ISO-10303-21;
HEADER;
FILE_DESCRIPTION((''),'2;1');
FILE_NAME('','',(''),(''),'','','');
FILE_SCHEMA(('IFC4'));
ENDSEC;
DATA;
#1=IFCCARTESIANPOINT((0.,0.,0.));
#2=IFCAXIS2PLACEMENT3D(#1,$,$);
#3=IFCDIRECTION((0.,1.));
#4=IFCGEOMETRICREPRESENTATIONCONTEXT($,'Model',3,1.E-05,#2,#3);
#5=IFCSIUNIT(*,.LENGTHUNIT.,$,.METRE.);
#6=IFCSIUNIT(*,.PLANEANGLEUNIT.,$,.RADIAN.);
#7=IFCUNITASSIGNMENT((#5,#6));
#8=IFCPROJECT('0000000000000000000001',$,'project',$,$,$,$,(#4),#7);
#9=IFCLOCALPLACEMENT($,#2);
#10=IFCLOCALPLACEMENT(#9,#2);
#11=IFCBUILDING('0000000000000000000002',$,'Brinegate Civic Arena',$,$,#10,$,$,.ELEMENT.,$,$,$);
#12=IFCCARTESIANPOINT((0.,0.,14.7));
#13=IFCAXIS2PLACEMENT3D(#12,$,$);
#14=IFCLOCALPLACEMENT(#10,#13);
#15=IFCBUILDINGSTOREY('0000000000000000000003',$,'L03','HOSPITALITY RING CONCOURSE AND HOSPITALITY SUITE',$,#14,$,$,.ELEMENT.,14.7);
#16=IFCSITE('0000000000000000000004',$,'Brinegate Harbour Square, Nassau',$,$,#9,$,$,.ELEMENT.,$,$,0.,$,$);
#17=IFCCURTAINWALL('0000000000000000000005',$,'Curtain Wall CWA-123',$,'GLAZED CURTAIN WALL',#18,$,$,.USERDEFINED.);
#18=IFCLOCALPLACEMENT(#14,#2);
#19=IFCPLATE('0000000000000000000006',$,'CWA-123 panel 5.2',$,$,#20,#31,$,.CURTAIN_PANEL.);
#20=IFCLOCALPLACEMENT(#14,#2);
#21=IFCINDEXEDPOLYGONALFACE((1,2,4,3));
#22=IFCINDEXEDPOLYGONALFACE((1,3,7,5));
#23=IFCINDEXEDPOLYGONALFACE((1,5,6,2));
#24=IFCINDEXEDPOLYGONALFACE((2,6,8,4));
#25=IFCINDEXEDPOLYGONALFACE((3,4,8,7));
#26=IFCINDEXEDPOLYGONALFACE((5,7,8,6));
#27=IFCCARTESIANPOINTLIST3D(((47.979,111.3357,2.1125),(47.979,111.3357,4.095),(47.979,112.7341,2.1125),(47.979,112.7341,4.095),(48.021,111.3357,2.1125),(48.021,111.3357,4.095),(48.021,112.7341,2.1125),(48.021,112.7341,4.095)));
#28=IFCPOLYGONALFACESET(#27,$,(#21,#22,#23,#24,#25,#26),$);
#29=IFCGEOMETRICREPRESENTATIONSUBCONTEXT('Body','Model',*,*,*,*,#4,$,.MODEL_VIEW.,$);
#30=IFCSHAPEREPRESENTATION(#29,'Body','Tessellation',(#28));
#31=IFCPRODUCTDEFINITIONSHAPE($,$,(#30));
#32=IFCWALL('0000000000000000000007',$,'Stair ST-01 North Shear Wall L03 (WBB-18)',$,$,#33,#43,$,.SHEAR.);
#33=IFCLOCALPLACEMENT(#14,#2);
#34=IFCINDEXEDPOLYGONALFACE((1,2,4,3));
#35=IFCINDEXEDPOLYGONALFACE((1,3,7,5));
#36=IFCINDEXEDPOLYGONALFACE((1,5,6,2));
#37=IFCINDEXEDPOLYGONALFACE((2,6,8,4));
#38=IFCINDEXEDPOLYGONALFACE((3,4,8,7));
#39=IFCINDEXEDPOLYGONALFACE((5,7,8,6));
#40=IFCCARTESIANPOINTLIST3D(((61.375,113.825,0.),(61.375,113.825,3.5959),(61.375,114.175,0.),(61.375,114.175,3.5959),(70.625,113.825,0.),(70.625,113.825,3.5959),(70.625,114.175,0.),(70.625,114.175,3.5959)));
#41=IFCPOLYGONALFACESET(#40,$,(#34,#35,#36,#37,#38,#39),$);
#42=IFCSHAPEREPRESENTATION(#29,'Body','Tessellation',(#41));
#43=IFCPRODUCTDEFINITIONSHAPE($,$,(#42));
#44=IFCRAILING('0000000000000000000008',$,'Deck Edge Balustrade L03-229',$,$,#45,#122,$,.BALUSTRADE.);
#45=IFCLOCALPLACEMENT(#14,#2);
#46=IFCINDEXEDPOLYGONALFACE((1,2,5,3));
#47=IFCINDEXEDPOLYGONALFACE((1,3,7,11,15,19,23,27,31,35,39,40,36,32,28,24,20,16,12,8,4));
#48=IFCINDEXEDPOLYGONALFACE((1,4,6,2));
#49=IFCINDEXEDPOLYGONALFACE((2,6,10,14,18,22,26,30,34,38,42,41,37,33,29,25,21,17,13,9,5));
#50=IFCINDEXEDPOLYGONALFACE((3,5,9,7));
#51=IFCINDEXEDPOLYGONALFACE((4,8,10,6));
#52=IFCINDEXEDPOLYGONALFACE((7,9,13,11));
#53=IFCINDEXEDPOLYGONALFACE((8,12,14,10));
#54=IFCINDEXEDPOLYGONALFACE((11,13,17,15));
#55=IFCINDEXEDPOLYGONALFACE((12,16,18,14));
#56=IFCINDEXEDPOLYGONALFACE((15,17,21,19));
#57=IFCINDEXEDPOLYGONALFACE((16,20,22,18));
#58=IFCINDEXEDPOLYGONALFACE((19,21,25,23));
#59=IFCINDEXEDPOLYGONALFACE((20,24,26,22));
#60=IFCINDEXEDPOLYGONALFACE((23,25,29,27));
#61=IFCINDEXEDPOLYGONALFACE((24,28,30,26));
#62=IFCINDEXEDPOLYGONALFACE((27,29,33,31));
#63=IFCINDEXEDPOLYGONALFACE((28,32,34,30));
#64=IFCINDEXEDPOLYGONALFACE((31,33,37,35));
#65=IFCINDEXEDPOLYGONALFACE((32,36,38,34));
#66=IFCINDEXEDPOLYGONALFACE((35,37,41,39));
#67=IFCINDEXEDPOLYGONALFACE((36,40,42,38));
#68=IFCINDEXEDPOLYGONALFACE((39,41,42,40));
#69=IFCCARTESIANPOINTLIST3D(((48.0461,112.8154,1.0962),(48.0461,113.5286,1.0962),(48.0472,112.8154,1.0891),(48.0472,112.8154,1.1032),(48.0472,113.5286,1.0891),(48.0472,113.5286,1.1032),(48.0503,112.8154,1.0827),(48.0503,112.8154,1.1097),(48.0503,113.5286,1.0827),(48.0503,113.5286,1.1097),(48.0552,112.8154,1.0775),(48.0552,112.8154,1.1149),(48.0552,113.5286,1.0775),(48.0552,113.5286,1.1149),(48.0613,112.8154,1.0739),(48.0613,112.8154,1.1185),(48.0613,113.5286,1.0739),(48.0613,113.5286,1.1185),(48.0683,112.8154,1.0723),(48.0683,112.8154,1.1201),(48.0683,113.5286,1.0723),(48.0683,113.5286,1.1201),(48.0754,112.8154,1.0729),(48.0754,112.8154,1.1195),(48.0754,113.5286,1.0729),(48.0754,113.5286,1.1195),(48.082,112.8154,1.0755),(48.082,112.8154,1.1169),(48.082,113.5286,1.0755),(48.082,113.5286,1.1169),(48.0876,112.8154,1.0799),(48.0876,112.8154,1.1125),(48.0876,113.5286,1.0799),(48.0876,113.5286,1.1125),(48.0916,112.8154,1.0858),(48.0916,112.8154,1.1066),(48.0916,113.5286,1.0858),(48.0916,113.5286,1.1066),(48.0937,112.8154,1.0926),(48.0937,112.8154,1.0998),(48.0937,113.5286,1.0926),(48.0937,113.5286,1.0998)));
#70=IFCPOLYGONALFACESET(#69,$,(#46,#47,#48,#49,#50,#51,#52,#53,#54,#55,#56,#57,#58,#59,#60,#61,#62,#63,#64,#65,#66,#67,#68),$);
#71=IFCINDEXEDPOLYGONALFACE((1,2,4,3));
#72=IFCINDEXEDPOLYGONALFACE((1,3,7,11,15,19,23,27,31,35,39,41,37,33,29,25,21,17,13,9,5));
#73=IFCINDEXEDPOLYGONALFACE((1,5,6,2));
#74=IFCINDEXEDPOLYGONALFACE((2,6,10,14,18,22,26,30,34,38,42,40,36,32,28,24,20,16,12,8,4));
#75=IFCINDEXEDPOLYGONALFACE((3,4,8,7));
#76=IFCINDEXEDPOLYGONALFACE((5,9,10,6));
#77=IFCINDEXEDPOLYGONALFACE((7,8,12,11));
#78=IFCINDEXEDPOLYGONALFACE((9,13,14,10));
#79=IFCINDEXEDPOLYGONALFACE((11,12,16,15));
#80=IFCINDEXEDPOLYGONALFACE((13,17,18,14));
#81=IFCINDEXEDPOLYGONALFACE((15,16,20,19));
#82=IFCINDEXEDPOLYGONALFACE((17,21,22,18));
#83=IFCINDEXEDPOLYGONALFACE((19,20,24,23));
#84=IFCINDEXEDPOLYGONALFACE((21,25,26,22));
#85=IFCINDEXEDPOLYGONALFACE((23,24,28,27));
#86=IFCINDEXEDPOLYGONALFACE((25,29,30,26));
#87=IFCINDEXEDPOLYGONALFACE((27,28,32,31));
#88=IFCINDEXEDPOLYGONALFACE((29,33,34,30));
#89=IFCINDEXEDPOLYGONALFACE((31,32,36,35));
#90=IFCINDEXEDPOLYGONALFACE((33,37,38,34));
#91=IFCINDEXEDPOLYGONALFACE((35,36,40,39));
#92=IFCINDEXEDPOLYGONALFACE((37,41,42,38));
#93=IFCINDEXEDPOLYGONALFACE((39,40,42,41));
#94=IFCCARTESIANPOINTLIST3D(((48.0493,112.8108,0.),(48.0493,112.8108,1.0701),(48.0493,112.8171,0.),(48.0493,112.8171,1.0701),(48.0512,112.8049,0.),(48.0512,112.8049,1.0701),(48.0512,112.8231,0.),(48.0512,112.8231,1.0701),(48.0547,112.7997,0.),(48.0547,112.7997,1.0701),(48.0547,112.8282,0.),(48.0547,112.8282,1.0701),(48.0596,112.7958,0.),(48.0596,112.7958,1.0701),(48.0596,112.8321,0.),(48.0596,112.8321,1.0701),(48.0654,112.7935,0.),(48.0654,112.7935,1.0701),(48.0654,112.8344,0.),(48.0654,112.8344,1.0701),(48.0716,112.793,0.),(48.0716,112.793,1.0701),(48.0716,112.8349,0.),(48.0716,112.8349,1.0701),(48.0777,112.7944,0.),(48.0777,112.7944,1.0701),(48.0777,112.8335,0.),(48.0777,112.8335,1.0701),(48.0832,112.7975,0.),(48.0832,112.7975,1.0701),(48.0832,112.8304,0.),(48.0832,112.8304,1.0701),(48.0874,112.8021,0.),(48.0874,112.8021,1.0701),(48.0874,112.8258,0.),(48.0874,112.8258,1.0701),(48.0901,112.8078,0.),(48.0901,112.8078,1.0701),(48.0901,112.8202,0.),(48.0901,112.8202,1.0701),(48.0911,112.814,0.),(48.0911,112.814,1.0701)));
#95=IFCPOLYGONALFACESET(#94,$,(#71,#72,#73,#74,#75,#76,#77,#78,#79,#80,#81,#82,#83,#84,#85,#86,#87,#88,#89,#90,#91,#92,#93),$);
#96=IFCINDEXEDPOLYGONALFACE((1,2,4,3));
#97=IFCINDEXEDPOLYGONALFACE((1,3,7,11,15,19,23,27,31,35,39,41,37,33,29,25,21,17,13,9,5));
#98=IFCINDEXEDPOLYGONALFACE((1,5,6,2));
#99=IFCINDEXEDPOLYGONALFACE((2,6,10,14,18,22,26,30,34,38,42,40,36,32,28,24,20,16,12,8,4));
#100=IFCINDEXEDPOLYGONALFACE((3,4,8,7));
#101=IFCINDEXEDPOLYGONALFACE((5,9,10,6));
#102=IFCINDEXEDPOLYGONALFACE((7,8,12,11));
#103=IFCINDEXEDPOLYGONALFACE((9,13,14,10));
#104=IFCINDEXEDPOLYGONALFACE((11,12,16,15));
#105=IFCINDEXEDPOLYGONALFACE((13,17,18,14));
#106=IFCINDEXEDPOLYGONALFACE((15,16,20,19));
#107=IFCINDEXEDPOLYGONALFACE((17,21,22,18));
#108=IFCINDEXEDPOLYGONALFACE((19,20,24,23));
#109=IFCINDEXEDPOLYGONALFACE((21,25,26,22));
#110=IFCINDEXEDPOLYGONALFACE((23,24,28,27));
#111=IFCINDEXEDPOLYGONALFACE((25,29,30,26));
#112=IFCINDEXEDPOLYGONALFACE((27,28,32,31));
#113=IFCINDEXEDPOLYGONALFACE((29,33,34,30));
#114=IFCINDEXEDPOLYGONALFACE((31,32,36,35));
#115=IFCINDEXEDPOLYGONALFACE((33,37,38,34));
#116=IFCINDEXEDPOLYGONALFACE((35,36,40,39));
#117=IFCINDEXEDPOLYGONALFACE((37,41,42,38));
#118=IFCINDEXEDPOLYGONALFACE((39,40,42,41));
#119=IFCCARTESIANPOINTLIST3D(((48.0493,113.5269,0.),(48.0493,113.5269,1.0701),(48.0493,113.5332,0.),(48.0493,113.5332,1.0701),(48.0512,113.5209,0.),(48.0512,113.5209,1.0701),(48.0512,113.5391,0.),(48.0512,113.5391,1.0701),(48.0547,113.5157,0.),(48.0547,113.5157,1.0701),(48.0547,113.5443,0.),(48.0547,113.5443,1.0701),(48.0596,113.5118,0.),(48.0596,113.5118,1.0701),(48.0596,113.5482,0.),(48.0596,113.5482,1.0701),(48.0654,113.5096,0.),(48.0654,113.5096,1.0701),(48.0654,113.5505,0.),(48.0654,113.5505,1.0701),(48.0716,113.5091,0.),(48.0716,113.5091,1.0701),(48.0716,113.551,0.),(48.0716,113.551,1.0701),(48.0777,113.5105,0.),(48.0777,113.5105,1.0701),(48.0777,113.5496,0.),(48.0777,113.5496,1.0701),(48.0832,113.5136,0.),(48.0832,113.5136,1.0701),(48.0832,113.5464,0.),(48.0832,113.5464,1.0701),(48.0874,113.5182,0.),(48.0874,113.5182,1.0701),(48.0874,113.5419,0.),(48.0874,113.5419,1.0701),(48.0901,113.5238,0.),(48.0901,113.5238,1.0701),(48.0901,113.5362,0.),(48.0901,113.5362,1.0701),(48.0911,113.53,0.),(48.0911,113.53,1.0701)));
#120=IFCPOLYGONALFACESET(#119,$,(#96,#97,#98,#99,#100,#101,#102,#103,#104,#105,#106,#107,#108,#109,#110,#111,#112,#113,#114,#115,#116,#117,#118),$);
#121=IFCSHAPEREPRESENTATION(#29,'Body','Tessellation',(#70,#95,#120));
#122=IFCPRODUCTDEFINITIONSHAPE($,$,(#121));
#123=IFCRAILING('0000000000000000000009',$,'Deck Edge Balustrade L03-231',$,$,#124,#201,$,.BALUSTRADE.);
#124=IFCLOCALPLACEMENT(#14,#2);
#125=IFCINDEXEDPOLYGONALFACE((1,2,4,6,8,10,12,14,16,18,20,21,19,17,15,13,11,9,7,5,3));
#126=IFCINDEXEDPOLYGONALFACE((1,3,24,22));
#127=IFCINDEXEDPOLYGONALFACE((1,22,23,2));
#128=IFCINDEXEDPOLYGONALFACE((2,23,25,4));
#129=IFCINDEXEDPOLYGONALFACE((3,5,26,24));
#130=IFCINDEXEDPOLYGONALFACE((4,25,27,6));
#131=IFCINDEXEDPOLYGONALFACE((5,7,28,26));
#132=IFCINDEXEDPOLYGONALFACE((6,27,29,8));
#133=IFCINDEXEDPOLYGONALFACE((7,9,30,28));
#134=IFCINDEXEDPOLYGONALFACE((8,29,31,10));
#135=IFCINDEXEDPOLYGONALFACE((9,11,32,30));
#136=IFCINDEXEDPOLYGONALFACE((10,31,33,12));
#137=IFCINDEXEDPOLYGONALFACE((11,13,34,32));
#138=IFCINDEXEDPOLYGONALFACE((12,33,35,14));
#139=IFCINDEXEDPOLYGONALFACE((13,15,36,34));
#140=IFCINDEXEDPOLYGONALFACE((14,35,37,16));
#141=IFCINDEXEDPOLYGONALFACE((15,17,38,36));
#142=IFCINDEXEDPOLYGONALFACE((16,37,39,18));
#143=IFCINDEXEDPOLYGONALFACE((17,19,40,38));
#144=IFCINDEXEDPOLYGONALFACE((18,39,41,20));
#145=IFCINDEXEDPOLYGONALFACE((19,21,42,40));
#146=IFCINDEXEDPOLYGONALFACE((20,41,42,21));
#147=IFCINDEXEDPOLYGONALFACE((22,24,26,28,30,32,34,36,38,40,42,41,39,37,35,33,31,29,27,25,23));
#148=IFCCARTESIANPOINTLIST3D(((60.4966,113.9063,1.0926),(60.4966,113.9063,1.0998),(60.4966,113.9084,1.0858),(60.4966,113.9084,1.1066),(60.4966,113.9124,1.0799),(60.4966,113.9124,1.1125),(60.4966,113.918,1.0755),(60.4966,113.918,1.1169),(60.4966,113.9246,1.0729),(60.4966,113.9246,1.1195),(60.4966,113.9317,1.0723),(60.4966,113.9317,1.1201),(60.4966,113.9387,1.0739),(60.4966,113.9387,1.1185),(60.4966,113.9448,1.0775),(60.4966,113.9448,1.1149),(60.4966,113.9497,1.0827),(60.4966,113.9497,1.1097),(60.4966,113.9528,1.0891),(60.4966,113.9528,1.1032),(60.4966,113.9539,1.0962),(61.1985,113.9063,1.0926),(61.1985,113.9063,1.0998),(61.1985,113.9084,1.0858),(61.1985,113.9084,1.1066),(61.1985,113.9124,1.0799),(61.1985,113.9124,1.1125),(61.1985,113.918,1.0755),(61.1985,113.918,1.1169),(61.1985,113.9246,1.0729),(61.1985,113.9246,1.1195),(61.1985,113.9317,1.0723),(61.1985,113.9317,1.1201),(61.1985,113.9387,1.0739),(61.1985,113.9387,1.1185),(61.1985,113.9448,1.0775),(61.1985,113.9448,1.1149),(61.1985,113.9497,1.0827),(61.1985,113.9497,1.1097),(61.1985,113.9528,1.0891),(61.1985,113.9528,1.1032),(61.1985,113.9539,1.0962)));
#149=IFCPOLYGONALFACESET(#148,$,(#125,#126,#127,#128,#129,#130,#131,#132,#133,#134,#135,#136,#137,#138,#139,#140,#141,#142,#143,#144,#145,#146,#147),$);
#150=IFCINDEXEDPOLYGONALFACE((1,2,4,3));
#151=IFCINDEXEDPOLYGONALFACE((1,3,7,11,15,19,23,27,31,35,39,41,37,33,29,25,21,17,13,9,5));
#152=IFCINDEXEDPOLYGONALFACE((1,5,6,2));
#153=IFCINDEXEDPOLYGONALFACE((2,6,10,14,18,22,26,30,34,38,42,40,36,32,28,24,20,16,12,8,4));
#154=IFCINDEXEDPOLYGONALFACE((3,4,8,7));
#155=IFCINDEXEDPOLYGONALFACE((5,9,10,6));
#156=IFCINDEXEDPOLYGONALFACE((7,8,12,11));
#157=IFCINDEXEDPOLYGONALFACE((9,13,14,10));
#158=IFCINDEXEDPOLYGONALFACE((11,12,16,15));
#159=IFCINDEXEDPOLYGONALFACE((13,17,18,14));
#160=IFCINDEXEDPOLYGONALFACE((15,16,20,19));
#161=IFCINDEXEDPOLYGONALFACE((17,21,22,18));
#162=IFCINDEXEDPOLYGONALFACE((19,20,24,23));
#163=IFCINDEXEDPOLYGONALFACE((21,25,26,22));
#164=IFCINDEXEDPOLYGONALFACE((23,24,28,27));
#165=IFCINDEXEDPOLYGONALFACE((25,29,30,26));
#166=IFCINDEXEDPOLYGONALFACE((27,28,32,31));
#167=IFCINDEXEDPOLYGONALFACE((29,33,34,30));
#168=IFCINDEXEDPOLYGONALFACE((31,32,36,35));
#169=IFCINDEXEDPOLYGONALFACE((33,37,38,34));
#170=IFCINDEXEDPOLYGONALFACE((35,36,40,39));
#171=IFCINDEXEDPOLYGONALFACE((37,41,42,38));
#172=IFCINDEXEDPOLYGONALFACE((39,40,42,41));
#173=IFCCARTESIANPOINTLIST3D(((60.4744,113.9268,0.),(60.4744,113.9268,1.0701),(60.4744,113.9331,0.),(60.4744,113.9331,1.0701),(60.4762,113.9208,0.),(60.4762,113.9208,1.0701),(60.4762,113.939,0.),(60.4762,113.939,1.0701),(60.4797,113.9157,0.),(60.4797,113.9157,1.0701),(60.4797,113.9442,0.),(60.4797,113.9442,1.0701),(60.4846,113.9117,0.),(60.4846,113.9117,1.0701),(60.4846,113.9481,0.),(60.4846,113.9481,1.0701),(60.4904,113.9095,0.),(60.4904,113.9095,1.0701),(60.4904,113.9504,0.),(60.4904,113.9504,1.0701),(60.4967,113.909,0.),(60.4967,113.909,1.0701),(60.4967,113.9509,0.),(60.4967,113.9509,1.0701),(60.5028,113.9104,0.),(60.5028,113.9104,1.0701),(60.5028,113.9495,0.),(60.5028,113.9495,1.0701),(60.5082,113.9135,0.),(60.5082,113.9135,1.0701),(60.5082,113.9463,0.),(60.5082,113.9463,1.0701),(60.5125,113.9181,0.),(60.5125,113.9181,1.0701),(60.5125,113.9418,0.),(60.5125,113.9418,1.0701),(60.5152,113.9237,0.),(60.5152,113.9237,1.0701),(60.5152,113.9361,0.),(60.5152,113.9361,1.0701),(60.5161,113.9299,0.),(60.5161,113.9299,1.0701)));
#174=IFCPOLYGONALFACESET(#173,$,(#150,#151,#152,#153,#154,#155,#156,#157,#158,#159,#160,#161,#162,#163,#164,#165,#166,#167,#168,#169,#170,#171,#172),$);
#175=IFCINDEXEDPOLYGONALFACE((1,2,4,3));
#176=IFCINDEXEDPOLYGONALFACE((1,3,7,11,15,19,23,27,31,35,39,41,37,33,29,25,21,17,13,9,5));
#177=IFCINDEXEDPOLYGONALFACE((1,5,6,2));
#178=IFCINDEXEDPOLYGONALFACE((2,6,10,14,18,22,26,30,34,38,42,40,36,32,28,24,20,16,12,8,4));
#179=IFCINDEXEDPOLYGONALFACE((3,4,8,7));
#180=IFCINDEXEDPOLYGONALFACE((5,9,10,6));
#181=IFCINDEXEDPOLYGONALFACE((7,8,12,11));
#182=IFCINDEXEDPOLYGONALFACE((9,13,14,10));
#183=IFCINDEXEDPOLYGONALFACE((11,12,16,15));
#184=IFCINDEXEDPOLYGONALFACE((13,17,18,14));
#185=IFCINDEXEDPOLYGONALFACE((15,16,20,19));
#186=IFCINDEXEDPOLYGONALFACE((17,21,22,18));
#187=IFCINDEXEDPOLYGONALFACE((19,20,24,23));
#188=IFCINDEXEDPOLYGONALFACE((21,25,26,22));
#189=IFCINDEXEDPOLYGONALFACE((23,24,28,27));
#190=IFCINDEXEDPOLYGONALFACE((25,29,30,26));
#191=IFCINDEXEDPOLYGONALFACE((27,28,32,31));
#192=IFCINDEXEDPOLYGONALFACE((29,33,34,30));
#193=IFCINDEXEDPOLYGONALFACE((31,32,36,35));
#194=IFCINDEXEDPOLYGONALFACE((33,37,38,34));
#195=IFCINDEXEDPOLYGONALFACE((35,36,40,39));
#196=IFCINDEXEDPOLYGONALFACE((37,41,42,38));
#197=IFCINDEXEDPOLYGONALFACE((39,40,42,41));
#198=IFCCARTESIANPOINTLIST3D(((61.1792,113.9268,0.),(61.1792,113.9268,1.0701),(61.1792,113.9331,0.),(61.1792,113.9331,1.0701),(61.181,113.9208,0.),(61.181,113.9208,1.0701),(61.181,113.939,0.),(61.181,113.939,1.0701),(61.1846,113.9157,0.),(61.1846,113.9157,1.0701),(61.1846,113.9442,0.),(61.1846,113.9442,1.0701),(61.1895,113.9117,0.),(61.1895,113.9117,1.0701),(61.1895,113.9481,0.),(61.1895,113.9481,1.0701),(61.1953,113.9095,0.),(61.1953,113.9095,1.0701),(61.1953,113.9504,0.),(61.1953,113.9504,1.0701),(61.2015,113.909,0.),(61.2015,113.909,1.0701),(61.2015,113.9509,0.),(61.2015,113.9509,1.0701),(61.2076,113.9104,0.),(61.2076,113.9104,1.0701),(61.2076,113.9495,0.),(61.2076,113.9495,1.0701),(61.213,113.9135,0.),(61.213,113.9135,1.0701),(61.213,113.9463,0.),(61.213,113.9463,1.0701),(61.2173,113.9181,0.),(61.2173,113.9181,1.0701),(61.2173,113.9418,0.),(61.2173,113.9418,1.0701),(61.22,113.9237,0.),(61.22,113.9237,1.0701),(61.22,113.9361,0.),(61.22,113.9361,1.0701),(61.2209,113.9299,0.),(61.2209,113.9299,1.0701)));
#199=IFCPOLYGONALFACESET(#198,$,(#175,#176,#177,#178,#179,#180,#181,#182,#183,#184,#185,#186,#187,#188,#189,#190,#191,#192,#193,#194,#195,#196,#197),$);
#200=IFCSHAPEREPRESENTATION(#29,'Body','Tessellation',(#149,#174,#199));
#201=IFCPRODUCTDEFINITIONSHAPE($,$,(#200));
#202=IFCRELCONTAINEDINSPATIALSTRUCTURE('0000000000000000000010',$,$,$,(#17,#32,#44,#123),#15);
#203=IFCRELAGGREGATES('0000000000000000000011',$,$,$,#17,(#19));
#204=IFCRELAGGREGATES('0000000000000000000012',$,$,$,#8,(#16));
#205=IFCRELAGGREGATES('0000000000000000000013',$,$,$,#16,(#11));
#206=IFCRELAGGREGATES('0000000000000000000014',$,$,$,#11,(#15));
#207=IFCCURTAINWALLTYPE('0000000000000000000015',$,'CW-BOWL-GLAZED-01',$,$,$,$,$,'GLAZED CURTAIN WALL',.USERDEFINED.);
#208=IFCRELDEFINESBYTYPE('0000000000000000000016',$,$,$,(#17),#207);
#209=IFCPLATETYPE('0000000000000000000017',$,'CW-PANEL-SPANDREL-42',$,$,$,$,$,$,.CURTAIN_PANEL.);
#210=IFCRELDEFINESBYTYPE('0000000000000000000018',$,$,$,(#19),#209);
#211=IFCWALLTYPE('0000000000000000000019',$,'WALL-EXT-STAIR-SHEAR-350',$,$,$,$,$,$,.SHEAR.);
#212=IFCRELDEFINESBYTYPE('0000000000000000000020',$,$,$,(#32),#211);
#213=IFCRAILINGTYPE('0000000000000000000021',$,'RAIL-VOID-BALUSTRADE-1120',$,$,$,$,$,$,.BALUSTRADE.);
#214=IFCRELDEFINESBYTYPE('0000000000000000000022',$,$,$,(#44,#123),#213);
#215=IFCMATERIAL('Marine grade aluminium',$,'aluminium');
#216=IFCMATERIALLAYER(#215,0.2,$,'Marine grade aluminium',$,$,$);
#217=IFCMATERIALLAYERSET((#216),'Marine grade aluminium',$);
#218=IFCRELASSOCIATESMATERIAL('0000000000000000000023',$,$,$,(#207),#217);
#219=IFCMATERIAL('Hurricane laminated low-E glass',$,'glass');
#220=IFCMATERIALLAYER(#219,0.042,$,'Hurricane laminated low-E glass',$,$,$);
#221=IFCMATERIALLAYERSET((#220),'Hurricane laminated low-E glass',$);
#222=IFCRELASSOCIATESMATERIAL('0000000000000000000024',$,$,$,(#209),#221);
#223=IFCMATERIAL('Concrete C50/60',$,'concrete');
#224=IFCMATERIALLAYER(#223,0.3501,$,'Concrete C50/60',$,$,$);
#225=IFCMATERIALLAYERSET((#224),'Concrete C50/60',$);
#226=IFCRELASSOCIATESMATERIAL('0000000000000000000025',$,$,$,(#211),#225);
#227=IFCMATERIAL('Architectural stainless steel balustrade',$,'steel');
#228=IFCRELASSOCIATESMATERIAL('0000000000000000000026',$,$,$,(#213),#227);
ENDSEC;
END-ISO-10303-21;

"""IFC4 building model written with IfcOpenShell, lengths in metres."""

from ifc_helpers import new_model, si_unit, direction, frame, frame_2d, origin, origin_2d, place, context, subcontext, project, spatial, rectangle, circle, extrude, material, layer, layer_set, type_object, element, aggregate, save


model = new_model("IFC4")

# Units and contexts
model_context = context("Model", 3, precision=1e-05, world=origin(), true_north=direction((0.0, 1.0)))
body_context = subcontext(model_context, "Body", "Model", "MODEL_VIEW")
ifc_project = project(units=[si_unit("LENGTHUNIT", "METRE"), si_unit("PLANEANGLEUNIT", "RADIAN")], contexts=[model_context])

# Site, building, storey
site_placement = place(None, origin())
site = spatial("IfcSite", under=ifc_project, at=site_placement, Name="Brinegate Harbour Square, Nassau", CompositionType="ELEMENT", RefElevation=0.0)
building_placement = place(site_placement, origin())
building = spatial("IfcBuilding", under=site, at=building_placement, Name="Brinegate Civic Arena", CompositionType="ELEMENT")
storey_placement = place(building_placement, frame((0.0, 0.0, 14.7)))
storey = spatial("IfcBuildingStorey", under=building, at=storey_placement, Name="L03", Description="HOSPITALITY RING CONCOURSE AND HOSPITALITY SUITE", CompositionType="ELEMENT", Elevation=14.7)

# Shared definitions
ifc_material_1 = material(Name="Concrete C50/60", Category="concrete")

# Curtain wall
ifc_material_2 = material(Name="Marine grade aluminium", Category="aluminium")
ifc_layer_1 = layer(ifc_material_2, 0.2, Name="Marine grade aluminium")
ifc_layer_set_1 = layer_set([ifc_layer_1], Name="Marine grade aluminium")
curtain_wall_type = type_object("IfcCurtainWallType", Name="CW-BOWL-GLAZED-01", ElementType="GLAZED CURTAIN WALL", PredefinedType="USERDEFINED", material=ifc_layer_set_1)
curtain_wall_placement = place(storey_placement, origin())
curtain_wall = element("IfcCurtainWall", 1, at=curtain_wall_placement, inside=storey, type_object=curtain_wall_type, Name="Curtain Wall CWA-123", ObjectType="GLAZED CURTAIN WALL", PredefinedType="USERDEFINED")

# Plate
ifc_material_3 = material(Name="Hurricane laminated low-E glass", Category="glass")
ifc_layer_2 = layer(ifc_material_3, 0.042, Name="Hurricane laminated low-E glass")
ifc_layer_set_2 = layer_set([ifc_layer_2], Name="Hurricane laminated low-E glass")
plate_type = type_object("IfcPlateType", Name="CW-PANEL-SPANDREL-42", PredefinedType="CURTAIN_PANEL", material=ifc_layer_set_2)
plate_1_placement = place(storey_placement, frame((48.0, 112.0349, 2.1125), z_axis=(0.0, 0.0, 1.0), x_axis=(0.0, 1.0, 0.0)))
plate_1 = element("IfcPlate", 2, at=plate_1_placement, type_object=plate_type, Name="CWA-123 panel 5.2", PredefinedType="CURTAIN_PANEL", context=body_context, shape_type="SweptSolid", body=[
    extrude(rectangle(XDim=1.3984, YDim=0.042, at=origin_2d()), origin(), (0.0, 0.0, 1.0), 1.9824),
])
aggregate(curtain_wall, [plate_1])

# Wall
ifc_layer_3 = layer(ifc_material_1, 0.3501, Name="Concrete C50/60")
ifc_layer_set_3 = layer_set([ifc_layer_3], Name="Concrete C50/60")
wall_type = type_object("IfcWallType", Name="WALL-EXT-STAIR-SHEAR-350", PredefinedType="SHEAR", material=ifc_layer_set_3)
wall_placement = place(storey_placement, frame((61.375, 114.0, 0.0), z_axis=(0.0, 0.0, 1.0), x_axis=(1.0, 0.0, 0.0)))
element("IfcWall", 3, at=wall_placement, inside=storey, type_object=wall_type, Name="Stair ST-01 North Shear Wall L03 (WBB-18)", PredefinedType="SHEAR", context=body_context, shape_type="SweptSolid", body=[
    extrude(rectangle(XDim=9.25, YDim=0.3501, at=frame_2d((4.625, 0.0))), origin(), (0.0, 0.0, 1.0), 3.5959),
])

# Railings
ifc_material_4 = material(Name="Architectural stainless steel balustrade", Category="steel")
railing_type = type_object("IfcRailingType", Name="RAIL-VOID-BALUSTRADE-1120", PredefinedType="BALUSTRADE", material=ifc_material_4)
railing_1_placement = place(storey_placement, frame((48.0701, 112.814, 0.0)))
element("IfcRailing", 4, at=railing_1_placement, inside=storey, type_object=railing_type, Name="Deck Edge Balustrade L03-229", PredefinedType="BALUSTRADE", context=body_context, shape_type="SweptSolid", body=[
    extrude(circle(Radius=0.0239, at=origin_2d()), frame((0.0, 0.0015, 1.0962), z_axis=(0.0, 1.0, 0.0), x_axis=(-1.0, 0.0, 0.0)), (0.0, 0.0, 1.0), 0.7131),
    extrude(circle(Radius=0.021, at=origin_2d()), origin(), (0.0, 0.0, 1.0), 1.0701),
    extrude(circle(Radius=0.021, at=origin_2d()), frame((0.0, 0.7161, 0.0)), (0.0, 0.0, 1.0), 1.0701),
])
railing_2_placement = place(storey_placement, frame((60.4951, 113.9299, 0.0)))
element("IfcRailing", 5, at=railing_2_placement, inside=storey, type_object=railing_type, Name="Deck Edge Balustrade L03-231", PredefinedType="BALUSTRADE", context=body_context, shape_type="SweptSolid", body=[
    extrude(circle(Radius=0.0239, at=origin_2d()), frame((0.0015, 0.0, 1.0962), z_axis=(1.0, 0.0, 0.0), x_axis=(0.0, 1.0, 0.0)), (0.0, 0.0, 1.0), 0.7019),
    extrude(circle(Radius=0.021, at=origin_2d()), origin(), (0.0, 0.0, 1.0), 1.0701),
    extrude(circle(Radius=0.021, at=origin_2d()), frame((0.7048, 0.0, 0.0)), (0.0, 0.0, 1.0), 1.0701),
])

save(model, "model.ifc")
